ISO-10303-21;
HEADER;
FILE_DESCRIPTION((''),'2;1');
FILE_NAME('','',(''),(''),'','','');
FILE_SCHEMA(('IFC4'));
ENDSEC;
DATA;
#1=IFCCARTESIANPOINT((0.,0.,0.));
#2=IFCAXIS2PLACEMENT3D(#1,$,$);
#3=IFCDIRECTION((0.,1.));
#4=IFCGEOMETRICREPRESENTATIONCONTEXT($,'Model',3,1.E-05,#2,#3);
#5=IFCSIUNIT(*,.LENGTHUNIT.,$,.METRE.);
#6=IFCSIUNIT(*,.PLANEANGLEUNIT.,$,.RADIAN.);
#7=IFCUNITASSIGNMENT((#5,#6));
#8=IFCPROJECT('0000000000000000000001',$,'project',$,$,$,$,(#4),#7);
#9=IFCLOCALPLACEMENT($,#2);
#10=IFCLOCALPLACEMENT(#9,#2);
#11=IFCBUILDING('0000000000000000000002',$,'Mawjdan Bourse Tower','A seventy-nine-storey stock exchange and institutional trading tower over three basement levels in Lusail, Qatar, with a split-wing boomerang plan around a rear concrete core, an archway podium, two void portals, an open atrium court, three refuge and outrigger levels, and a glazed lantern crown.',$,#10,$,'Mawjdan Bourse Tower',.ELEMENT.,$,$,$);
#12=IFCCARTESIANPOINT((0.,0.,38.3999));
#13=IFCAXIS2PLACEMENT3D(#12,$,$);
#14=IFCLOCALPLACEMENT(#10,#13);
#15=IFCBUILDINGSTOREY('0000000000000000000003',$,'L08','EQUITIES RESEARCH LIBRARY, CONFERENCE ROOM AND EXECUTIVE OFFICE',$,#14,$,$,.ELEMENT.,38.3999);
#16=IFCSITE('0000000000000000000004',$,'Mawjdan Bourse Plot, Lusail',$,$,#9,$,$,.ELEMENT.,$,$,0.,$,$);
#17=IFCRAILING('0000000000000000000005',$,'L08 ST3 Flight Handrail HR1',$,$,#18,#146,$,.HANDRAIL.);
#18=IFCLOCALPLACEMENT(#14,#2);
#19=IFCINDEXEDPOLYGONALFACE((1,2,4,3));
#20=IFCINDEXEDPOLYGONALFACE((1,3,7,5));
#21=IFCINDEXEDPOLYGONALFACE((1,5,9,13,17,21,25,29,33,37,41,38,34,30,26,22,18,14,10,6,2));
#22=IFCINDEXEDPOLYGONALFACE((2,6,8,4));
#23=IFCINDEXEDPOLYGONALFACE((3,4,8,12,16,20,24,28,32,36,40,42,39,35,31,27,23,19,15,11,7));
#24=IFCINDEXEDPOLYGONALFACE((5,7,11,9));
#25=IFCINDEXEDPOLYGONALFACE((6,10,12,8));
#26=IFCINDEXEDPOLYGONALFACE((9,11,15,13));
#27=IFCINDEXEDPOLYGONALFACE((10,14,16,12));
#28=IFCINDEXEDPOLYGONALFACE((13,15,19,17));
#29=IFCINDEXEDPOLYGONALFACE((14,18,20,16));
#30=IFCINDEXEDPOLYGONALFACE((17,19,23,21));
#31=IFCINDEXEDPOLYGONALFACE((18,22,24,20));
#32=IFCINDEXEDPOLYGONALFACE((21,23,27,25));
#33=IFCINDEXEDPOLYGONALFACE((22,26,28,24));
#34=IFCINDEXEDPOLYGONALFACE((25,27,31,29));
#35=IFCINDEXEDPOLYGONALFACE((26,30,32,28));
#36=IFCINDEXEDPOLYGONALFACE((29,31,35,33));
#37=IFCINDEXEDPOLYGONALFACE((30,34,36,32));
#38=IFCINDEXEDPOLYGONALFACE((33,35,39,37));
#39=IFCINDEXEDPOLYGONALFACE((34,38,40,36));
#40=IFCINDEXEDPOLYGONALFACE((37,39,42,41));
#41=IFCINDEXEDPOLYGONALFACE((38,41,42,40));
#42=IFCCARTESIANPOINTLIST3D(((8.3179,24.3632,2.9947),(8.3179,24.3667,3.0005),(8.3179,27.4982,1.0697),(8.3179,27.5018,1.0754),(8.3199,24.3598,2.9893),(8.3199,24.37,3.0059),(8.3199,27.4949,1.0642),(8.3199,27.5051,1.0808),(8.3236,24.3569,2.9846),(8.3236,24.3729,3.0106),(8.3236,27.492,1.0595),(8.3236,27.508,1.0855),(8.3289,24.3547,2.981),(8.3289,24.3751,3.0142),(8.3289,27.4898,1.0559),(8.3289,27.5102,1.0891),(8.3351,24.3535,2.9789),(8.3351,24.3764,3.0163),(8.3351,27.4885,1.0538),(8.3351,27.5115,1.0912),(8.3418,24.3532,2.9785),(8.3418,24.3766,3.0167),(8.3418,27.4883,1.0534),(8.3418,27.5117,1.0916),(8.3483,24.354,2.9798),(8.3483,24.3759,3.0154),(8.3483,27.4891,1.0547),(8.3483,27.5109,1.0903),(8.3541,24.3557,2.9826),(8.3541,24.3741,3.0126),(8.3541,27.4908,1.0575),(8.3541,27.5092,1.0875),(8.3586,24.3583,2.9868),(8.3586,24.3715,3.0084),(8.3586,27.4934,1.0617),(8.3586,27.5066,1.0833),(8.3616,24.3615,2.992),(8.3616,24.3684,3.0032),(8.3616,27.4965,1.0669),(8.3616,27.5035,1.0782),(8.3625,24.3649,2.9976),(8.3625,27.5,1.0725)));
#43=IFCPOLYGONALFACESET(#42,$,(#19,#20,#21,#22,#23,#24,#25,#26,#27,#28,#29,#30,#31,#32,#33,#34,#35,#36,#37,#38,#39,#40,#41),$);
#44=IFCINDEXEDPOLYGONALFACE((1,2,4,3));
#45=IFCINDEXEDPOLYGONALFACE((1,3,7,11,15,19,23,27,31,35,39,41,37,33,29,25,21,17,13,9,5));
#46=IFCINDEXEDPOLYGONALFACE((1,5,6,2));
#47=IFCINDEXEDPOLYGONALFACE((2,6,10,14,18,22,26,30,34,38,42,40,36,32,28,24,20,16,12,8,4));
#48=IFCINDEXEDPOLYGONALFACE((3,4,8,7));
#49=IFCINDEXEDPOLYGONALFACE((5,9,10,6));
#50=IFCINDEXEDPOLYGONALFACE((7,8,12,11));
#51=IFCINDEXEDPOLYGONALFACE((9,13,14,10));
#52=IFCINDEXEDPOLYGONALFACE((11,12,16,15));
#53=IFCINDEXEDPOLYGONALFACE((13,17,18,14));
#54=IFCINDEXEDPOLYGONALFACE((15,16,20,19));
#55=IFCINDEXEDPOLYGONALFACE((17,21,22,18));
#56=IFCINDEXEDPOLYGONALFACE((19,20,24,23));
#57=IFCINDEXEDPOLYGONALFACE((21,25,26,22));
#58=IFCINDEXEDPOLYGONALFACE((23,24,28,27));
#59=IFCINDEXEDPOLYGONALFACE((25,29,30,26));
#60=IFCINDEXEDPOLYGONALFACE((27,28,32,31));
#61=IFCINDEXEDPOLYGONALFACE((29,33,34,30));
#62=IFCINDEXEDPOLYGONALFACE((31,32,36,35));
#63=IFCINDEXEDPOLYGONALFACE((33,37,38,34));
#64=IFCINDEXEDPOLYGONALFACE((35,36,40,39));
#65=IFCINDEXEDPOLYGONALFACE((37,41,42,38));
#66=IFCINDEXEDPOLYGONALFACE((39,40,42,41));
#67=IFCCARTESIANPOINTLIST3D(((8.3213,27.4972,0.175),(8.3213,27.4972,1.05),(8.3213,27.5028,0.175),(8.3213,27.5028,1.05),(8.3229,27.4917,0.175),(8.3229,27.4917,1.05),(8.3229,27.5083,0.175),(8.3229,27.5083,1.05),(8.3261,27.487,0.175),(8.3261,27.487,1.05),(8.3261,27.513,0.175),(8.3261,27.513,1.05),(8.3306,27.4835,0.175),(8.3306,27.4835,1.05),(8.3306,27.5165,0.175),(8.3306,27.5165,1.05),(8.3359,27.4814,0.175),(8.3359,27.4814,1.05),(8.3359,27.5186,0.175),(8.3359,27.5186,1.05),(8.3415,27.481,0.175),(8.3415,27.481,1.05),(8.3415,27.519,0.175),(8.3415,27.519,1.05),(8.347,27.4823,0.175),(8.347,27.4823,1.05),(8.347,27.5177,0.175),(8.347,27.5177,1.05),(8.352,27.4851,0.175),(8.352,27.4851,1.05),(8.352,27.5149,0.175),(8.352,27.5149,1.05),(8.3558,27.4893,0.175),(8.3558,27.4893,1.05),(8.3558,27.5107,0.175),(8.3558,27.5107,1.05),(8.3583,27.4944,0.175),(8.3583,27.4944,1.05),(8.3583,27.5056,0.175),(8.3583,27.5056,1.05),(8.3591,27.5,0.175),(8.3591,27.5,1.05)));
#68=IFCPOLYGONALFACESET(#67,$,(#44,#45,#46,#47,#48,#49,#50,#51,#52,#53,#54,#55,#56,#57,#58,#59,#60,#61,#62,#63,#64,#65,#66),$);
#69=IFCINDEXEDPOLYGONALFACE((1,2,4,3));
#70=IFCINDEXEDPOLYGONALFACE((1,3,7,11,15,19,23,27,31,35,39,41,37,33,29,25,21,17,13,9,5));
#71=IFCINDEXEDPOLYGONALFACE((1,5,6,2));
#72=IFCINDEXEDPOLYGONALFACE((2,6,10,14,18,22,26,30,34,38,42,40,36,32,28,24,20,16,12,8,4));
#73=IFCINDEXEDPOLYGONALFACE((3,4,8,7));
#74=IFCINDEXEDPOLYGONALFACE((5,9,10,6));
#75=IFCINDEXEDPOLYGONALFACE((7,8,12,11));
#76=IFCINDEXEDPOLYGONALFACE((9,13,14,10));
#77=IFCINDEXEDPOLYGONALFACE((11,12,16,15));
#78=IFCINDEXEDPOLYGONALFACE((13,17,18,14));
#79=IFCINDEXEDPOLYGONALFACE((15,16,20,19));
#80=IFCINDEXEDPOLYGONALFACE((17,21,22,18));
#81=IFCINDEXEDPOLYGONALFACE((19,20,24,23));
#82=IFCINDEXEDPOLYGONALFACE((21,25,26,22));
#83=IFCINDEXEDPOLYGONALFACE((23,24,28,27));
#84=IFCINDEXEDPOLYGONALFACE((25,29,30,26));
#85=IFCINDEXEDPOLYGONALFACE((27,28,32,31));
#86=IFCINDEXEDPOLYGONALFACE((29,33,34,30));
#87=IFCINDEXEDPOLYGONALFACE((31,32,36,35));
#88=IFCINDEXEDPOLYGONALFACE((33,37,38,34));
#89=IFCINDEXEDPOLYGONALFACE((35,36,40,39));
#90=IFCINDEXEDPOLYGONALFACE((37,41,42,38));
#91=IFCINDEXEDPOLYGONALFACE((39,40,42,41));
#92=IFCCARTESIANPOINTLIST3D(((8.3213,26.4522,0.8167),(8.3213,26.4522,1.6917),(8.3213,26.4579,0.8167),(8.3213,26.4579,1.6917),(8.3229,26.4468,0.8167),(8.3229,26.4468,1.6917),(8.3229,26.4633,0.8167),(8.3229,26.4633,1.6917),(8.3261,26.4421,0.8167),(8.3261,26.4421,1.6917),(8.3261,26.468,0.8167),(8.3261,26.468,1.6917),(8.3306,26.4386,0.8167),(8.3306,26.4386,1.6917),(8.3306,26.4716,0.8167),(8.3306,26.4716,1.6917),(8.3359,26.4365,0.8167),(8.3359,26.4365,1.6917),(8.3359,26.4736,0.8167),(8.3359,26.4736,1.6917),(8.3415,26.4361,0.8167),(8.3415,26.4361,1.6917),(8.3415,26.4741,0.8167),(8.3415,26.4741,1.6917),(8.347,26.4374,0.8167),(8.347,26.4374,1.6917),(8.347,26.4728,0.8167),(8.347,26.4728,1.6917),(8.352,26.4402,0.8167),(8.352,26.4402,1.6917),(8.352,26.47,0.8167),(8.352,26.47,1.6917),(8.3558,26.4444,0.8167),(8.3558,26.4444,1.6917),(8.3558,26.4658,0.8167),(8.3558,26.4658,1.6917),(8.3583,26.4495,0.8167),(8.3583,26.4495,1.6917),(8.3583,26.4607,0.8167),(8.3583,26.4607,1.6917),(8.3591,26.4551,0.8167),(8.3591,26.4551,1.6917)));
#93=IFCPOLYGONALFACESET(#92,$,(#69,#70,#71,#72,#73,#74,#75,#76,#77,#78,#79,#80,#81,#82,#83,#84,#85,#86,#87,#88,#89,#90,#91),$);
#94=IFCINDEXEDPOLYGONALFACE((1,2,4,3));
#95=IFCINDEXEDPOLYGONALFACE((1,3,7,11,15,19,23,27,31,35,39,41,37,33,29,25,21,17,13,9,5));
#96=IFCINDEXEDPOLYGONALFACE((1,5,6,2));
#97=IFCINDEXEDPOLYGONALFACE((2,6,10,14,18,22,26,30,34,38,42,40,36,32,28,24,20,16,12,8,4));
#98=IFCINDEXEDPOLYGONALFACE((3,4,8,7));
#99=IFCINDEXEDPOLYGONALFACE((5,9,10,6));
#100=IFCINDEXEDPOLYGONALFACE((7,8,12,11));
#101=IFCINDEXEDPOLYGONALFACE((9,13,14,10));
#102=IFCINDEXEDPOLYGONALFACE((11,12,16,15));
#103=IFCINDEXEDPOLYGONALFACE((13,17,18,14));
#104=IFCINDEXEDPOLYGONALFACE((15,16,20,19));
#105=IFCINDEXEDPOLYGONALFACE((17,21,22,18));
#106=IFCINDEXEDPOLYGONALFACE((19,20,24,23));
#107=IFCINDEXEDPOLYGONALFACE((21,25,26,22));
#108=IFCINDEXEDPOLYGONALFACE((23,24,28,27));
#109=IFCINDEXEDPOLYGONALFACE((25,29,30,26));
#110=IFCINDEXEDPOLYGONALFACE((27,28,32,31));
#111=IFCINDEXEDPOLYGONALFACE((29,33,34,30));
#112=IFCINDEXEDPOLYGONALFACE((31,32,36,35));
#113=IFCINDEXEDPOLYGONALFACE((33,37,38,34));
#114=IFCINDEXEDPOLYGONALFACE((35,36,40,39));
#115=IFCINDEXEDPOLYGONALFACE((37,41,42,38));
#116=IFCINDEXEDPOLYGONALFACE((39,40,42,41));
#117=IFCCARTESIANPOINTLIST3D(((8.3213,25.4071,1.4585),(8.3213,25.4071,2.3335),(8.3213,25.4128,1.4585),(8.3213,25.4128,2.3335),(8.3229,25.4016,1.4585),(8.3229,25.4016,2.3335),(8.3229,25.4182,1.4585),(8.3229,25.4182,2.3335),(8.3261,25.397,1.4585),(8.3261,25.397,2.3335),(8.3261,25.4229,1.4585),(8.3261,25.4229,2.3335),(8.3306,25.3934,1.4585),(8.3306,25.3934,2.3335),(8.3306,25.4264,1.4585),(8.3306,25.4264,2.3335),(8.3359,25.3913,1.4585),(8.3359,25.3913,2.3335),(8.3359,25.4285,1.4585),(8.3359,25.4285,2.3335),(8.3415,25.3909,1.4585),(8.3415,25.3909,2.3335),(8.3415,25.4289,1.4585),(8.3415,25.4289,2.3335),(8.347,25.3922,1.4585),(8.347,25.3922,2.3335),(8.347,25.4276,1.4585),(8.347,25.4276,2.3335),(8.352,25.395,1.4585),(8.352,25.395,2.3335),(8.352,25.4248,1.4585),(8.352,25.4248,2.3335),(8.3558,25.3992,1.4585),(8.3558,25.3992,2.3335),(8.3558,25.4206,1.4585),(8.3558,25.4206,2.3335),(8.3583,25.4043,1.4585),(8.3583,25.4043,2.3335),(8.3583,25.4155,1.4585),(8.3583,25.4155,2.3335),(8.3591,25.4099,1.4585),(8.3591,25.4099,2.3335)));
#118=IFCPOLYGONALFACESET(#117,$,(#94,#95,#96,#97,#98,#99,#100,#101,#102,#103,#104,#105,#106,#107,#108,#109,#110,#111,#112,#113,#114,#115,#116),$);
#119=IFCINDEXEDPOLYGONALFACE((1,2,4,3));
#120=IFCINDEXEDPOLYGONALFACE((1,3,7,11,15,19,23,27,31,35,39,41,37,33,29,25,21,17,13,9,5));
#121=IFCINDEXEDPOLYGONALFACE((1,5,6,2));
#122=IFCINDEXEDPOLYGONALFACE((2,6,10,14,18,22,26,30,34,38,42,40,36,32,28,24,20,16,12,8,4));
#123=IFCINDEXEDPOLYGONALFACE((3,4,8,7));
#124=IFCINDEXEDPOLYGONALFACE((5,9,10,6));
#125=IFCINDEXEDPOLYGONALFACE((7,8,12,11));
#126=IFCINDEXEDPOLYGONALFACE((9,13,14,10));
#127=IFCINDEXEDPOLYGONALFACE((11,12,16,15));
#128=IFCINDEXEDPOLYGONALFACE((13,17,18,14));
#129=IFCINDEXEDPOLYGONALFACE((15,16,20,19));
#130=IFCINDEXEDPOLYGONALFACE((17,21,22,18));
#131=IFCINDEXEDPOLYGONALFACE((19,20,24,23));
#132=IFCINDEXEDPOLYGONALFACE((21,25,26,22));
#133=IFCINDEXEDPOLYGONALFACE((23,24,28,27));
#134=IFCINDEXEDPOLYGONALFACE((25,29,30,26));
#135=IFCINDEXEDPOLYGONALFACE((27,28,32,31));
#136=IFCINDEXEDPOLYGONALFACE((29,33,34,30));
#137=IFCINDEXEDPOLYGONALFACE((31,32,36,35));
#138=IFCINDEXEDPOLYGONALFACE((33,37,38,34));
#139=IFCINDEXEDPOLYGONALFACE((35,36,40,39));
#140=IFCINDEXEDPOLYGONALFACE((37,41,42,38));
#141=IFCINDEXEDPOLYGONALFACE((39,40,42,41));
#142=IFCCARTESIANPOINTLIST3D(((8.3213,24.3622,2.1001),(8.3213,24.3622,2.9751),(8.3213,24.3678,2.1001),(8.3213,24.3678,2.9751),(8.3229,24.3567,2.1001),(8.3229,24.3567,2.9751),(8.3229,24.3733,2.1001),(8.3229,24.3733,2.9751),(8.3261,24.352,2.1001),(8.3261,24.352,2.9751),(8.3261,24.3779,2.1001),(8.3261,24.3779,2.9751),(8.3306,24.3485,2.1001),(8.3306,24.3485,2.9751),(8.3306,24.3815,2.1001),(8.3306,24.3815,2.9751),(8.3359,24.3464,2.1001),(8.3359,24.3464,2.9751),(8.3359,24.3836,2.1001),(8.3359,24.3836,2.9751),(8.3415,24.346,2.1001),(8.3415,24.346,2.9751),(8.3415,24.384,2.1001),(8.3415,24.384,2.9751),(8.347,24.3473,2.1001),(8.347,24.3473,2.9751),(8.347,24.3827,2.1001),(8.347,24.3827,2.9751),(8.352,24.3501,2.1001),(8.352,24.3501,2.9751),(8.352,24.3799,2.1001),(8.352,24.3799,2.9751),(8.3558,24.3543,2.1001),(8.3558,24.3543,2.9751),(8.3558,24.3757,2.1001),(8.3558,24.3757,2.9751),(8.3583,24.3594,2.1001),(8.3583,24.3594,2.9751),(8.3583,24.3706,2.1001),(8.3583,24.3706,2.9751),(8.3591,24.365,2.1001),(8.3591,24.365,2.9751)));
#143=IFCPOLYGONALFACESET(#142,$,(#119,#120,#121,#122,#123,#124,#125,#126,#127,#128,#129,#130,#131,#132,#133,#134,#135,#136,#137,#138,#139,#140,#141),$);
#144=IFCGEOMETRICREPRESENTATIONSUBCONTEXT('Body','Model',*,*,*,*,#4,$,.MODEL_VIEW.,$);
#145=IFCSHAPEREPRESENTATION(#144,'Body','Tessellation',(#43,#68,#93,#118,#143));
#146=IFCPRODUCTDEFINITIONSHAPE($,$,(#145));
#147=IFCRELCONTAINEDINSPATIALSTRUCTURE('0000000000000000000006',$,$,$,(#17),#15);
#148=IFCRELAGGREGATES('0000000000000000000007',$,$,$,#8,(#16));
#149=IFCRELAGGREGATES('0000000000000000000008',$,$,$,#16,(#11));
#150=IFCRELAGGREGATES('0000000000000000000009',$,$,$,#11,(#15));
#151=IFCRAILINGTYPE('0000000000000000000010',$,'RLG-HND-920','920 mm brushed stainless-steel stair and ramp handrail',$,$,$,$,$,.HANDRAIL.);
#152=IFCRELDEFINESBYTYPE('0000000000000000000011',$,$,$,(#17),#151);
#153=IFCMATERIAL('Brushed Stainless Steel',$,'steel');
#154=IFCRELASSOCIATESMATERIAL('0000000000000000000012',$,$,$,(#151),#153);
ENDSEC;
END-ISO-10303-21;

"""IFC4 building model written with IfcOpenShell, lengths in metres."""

from ifc_helpers import new_model, si_unit, direction, frame, origin, origin_2d, place, context, subcontext, project, spatial, circle, extrude, material, type_object, element, save


model = new_model("IFC4")

# Units and contexts
model_context = context("Model", 3, precision=1e-05, world=origin(), true_north=direction((0.0, 1.0)))
body_context = subcontext(model_context, "Body", "Model", "MODEL_VIEW")
ifc_project = project(units=[si_unit("LENGTHUNIT", "METRE"), si_unit("PLANEANGLEUNIT", "RADIAN")], contexts=[model_context])

# Site, building, storey
site_placement = place(None, origin())
site = spatial("IfcSite", under=ifc_project, at=site_placement, Name="Mawjdan Bourse Plot, Lusail", CompositionType="ELEMENT", RefElevation=0.0)
building_placement = place(site_placement, origin())
building = spatial("IfcBuilding", under=site, at=building_placement, Name="Mawjdan Bourse Tower", Description="A seventy-nine-storey stock exchange and institutional trading tower over three basement levels in Lusail, Qatar, with a split-wing boomerang plan around a rear concrete core, an archway podium, two void portals, an open atrium court, three refuge and outrigger levels, and a glazed lantern crown.", LongName="Mawjdan Bourse Tower", CompositionType="ELEMENT")
storey_placement = place(building_placement, frame((0.0, 0.0, 38.3999)))
storey = spatial("IfcBuildingStorey", under=building, at=storey_placement, Name="L08", Description="EQUITIES RESEARCH LIBRARY, CONFERENCE ROOM AND EXECUTIVE OFFICE", CompositionType="ELEMENT", Elevation=38.3999)

# Railing
ifc_material_1 = material(Name="Brushed Stainless Steel", Category="steel")
railing_type_1 = type_object("IfcRailingType", Name="RLG-HND-920", Description="920 mm brushed stainless-steel stair and ramp handrail", PredefinedType="HANDRAIL", material=ifc_material_1)
railing_1_placement = place(storey_placement, frame((8.3401, 27.5, 0.175)))
element("IfcRailing", 1, at=railing_1_placement, inside=storey, type_object=railing_type_1, Name="L08 ST3 Flight Handrail HR1", PredefinedType="HANDRAIL", context=body_context, shape_type="SweptSolid", body=[
    extrude(circle(Radius=0.0225, at=origin_2d()), frame((0.0, 0.0, 0.8975), z_axis=(0.0, -0.852166, 0.523271), x_axis=(1.0, 0.0, 0.0)), (0.0, 0.0, 1.0), 3.679),
    extrude(circle(Radius=0.019, at=origin_2d()), origin(), (0.0, 0.0, 1.0), 0.875),
    extrude(circle(Radius=0.019, at=origin_2d()), frame((0.0, -1.0449, 0.6416)), (0.0, 0.0, 1.0), 0.875),
    extrude(circle(Radius=0.019, at=origin_2d()), frame((0.0, -2.0901, 1.2834)), (0.0, 0.0, 1.0), 0.875),
    extrude(circle(Radius=0.019, at=origin_2d()), frame((0.0, -3.135, 1.925)), (0.0, 0.0, 1.0), 0.875),
])

save(model, "model.ifc")
